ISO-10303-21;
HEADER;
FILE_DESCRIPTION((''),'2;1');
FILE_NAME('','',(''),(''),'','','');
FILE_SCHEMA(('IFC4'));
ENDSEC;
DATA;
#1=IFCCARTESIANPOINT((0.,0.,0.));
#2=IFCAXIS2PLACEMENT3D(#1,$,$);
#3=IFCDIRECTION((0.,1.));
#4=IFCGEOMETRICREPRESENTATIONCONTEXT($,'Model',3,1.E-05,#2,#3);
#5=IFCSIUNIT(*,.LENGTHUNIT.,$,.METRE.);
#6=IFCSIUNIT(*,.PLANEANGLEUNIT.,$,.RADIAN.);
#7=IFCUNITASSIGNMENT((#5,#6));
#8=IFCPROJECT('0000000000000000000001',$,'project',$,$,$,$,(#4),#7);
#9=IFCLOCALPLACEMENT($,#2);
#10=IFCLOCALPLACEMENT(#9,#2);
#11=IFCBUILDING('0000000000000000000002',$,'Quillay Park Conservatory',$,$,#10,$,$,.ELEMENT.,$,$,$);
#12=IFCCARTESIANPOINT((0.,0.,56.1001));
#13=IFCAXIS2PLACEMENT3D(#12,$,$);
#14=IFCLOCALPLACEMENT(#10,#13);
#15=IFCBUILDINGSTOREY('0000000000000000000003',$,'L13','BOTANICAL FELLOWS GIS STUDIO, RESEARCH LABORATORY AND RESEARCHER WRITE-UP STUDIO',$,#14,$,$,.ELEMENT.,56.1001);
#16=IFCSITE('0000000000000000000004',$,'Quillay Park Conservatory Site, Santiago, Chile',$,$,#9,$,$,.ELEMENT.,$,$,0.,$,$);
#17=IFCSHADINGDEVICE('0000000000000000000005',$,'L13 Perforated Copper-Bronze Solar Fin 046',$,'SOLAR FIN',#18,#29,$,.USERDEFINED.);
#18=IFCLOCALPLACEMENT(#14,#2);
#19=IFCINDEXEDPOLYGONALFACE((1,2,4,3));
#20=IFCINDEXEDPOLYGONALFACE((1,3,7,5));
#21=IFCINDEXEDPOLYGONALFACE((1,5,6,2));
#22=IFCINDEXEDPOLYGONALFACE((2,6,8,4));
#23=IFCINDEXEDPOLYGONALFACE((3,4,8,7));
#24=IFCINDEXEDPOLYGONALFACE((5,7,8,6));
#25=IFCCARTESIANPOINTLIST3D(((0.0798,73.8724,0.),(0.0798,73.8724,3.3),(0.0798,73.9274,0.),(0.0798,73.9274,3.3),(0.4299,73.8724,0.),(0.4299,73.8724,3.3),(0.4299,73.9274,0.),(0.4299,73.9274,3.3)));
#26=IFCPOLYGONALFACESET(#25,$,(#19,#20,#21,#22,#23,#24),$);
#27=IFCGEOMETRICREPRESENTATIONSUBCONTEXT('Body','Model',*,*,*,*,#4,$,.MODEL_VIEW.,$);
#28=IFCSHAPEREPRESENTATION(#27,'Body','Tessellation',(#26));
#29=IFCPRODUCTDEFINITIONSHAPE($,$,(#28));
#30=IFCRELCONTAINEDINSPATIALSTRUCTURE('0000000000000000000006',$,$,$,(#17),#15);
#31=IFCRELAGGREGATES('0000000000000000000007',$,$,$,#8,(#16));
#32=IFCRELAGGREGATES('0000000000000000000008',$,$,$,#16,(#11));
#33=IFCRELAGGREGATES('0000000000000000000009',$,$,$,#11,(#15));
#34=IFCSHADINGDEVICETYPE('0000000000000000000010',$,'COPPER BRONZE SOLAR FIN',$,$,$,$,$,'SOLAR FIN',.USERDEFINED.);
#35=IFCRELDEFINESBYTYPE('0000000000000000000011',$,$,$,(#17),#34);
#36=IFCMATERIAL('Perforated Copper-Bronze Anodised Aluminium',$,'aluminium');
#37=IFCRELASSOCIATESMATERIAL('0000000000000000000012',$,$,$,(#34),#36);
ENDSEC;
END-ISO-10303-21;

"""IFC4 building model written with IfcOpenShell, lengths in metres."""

from ifc_helpers import new_model, si_unit, direction, frame, origin, origin_2d, place, context, subcontext, project, spatial, rectangle, extrude, material, type_object, element, save


model = new_model("IFC4")

# Units and contexts
model_context = context("Model", 3, precision=1e-05, world=origin(), true_north=direction((0.0, 1.0)))
body_context = subcontext(model_context, "Body", "Model", "MODEL_VIEW")
ifc_project = project(units=[si_unit("LENGTHUNIT", "METRE"), si_unit("PLANEANGLEUNIT", "RADIAN")], contexts=[model_context])

# Site, building, storey
site_placement = place(None, origin())
site = spatial("IfcSite", under=ifc_project, at=site_placement, Name="Quillay Park Conservatory Site, Santiago, Chile", CompositionType="ELEMENT", RefElevation=0.0)
building_placement = place(site_placement, origin())
building = spatial("IfcBuilding", under=site, at=building_placement, Name="Quillay Park Conservatory", CompositionType="ELEMENT")
storey_placement = place(building_placement, frame((0.0, 0.0, 56.1001)))
storey = spatial("IfcBuildingStorey", under=building, at=storey_placement, Name="L13", Description="BOTANICAL FELLOWS GIS STUDIO, RESEARCH LABORATORY AND RESEARCHER WRITE-UP STUDIO", CompositionType="ELEMENT", Elevation=56.1001)

# Shading device
ifc_material_1 = material(Name="Perforated Copper-Bronze Anodised Aluminium", Category="aluminium")
shading_device_type = type_object("IfcShadingDeviceType", Name="COPPER BRONZE SOLAR FIN", ElementType="SOLAR FIN", PredefinedType="USERDEFINED", material=ifc_material_1)
shading_device_placement = place(storey_placement, frame((0.2549, 73.8999, 0.0), z_axis=(0.0, 0.0, 1.0), x_axis=(1.0, 0.0, 0.0)))
element("IfcShadingDevice", 1, at=shading_device_placement, inside=storey, type_object=shading_device_type, Name="L13 Perforated Copper-Bronze Solar Fin 046", ObjectType="SOLAR FIN", PredefinedType="USERDEFINED", context=body_context, shape_type="SweptSolid", body=[
    extrude(rectangle(XDim=0.3501, YDim=0.0549, at=origin_2d()), origin(), (0.0, 0.0, 1.0), 3.3),
])

save(model, "model.ifc")
